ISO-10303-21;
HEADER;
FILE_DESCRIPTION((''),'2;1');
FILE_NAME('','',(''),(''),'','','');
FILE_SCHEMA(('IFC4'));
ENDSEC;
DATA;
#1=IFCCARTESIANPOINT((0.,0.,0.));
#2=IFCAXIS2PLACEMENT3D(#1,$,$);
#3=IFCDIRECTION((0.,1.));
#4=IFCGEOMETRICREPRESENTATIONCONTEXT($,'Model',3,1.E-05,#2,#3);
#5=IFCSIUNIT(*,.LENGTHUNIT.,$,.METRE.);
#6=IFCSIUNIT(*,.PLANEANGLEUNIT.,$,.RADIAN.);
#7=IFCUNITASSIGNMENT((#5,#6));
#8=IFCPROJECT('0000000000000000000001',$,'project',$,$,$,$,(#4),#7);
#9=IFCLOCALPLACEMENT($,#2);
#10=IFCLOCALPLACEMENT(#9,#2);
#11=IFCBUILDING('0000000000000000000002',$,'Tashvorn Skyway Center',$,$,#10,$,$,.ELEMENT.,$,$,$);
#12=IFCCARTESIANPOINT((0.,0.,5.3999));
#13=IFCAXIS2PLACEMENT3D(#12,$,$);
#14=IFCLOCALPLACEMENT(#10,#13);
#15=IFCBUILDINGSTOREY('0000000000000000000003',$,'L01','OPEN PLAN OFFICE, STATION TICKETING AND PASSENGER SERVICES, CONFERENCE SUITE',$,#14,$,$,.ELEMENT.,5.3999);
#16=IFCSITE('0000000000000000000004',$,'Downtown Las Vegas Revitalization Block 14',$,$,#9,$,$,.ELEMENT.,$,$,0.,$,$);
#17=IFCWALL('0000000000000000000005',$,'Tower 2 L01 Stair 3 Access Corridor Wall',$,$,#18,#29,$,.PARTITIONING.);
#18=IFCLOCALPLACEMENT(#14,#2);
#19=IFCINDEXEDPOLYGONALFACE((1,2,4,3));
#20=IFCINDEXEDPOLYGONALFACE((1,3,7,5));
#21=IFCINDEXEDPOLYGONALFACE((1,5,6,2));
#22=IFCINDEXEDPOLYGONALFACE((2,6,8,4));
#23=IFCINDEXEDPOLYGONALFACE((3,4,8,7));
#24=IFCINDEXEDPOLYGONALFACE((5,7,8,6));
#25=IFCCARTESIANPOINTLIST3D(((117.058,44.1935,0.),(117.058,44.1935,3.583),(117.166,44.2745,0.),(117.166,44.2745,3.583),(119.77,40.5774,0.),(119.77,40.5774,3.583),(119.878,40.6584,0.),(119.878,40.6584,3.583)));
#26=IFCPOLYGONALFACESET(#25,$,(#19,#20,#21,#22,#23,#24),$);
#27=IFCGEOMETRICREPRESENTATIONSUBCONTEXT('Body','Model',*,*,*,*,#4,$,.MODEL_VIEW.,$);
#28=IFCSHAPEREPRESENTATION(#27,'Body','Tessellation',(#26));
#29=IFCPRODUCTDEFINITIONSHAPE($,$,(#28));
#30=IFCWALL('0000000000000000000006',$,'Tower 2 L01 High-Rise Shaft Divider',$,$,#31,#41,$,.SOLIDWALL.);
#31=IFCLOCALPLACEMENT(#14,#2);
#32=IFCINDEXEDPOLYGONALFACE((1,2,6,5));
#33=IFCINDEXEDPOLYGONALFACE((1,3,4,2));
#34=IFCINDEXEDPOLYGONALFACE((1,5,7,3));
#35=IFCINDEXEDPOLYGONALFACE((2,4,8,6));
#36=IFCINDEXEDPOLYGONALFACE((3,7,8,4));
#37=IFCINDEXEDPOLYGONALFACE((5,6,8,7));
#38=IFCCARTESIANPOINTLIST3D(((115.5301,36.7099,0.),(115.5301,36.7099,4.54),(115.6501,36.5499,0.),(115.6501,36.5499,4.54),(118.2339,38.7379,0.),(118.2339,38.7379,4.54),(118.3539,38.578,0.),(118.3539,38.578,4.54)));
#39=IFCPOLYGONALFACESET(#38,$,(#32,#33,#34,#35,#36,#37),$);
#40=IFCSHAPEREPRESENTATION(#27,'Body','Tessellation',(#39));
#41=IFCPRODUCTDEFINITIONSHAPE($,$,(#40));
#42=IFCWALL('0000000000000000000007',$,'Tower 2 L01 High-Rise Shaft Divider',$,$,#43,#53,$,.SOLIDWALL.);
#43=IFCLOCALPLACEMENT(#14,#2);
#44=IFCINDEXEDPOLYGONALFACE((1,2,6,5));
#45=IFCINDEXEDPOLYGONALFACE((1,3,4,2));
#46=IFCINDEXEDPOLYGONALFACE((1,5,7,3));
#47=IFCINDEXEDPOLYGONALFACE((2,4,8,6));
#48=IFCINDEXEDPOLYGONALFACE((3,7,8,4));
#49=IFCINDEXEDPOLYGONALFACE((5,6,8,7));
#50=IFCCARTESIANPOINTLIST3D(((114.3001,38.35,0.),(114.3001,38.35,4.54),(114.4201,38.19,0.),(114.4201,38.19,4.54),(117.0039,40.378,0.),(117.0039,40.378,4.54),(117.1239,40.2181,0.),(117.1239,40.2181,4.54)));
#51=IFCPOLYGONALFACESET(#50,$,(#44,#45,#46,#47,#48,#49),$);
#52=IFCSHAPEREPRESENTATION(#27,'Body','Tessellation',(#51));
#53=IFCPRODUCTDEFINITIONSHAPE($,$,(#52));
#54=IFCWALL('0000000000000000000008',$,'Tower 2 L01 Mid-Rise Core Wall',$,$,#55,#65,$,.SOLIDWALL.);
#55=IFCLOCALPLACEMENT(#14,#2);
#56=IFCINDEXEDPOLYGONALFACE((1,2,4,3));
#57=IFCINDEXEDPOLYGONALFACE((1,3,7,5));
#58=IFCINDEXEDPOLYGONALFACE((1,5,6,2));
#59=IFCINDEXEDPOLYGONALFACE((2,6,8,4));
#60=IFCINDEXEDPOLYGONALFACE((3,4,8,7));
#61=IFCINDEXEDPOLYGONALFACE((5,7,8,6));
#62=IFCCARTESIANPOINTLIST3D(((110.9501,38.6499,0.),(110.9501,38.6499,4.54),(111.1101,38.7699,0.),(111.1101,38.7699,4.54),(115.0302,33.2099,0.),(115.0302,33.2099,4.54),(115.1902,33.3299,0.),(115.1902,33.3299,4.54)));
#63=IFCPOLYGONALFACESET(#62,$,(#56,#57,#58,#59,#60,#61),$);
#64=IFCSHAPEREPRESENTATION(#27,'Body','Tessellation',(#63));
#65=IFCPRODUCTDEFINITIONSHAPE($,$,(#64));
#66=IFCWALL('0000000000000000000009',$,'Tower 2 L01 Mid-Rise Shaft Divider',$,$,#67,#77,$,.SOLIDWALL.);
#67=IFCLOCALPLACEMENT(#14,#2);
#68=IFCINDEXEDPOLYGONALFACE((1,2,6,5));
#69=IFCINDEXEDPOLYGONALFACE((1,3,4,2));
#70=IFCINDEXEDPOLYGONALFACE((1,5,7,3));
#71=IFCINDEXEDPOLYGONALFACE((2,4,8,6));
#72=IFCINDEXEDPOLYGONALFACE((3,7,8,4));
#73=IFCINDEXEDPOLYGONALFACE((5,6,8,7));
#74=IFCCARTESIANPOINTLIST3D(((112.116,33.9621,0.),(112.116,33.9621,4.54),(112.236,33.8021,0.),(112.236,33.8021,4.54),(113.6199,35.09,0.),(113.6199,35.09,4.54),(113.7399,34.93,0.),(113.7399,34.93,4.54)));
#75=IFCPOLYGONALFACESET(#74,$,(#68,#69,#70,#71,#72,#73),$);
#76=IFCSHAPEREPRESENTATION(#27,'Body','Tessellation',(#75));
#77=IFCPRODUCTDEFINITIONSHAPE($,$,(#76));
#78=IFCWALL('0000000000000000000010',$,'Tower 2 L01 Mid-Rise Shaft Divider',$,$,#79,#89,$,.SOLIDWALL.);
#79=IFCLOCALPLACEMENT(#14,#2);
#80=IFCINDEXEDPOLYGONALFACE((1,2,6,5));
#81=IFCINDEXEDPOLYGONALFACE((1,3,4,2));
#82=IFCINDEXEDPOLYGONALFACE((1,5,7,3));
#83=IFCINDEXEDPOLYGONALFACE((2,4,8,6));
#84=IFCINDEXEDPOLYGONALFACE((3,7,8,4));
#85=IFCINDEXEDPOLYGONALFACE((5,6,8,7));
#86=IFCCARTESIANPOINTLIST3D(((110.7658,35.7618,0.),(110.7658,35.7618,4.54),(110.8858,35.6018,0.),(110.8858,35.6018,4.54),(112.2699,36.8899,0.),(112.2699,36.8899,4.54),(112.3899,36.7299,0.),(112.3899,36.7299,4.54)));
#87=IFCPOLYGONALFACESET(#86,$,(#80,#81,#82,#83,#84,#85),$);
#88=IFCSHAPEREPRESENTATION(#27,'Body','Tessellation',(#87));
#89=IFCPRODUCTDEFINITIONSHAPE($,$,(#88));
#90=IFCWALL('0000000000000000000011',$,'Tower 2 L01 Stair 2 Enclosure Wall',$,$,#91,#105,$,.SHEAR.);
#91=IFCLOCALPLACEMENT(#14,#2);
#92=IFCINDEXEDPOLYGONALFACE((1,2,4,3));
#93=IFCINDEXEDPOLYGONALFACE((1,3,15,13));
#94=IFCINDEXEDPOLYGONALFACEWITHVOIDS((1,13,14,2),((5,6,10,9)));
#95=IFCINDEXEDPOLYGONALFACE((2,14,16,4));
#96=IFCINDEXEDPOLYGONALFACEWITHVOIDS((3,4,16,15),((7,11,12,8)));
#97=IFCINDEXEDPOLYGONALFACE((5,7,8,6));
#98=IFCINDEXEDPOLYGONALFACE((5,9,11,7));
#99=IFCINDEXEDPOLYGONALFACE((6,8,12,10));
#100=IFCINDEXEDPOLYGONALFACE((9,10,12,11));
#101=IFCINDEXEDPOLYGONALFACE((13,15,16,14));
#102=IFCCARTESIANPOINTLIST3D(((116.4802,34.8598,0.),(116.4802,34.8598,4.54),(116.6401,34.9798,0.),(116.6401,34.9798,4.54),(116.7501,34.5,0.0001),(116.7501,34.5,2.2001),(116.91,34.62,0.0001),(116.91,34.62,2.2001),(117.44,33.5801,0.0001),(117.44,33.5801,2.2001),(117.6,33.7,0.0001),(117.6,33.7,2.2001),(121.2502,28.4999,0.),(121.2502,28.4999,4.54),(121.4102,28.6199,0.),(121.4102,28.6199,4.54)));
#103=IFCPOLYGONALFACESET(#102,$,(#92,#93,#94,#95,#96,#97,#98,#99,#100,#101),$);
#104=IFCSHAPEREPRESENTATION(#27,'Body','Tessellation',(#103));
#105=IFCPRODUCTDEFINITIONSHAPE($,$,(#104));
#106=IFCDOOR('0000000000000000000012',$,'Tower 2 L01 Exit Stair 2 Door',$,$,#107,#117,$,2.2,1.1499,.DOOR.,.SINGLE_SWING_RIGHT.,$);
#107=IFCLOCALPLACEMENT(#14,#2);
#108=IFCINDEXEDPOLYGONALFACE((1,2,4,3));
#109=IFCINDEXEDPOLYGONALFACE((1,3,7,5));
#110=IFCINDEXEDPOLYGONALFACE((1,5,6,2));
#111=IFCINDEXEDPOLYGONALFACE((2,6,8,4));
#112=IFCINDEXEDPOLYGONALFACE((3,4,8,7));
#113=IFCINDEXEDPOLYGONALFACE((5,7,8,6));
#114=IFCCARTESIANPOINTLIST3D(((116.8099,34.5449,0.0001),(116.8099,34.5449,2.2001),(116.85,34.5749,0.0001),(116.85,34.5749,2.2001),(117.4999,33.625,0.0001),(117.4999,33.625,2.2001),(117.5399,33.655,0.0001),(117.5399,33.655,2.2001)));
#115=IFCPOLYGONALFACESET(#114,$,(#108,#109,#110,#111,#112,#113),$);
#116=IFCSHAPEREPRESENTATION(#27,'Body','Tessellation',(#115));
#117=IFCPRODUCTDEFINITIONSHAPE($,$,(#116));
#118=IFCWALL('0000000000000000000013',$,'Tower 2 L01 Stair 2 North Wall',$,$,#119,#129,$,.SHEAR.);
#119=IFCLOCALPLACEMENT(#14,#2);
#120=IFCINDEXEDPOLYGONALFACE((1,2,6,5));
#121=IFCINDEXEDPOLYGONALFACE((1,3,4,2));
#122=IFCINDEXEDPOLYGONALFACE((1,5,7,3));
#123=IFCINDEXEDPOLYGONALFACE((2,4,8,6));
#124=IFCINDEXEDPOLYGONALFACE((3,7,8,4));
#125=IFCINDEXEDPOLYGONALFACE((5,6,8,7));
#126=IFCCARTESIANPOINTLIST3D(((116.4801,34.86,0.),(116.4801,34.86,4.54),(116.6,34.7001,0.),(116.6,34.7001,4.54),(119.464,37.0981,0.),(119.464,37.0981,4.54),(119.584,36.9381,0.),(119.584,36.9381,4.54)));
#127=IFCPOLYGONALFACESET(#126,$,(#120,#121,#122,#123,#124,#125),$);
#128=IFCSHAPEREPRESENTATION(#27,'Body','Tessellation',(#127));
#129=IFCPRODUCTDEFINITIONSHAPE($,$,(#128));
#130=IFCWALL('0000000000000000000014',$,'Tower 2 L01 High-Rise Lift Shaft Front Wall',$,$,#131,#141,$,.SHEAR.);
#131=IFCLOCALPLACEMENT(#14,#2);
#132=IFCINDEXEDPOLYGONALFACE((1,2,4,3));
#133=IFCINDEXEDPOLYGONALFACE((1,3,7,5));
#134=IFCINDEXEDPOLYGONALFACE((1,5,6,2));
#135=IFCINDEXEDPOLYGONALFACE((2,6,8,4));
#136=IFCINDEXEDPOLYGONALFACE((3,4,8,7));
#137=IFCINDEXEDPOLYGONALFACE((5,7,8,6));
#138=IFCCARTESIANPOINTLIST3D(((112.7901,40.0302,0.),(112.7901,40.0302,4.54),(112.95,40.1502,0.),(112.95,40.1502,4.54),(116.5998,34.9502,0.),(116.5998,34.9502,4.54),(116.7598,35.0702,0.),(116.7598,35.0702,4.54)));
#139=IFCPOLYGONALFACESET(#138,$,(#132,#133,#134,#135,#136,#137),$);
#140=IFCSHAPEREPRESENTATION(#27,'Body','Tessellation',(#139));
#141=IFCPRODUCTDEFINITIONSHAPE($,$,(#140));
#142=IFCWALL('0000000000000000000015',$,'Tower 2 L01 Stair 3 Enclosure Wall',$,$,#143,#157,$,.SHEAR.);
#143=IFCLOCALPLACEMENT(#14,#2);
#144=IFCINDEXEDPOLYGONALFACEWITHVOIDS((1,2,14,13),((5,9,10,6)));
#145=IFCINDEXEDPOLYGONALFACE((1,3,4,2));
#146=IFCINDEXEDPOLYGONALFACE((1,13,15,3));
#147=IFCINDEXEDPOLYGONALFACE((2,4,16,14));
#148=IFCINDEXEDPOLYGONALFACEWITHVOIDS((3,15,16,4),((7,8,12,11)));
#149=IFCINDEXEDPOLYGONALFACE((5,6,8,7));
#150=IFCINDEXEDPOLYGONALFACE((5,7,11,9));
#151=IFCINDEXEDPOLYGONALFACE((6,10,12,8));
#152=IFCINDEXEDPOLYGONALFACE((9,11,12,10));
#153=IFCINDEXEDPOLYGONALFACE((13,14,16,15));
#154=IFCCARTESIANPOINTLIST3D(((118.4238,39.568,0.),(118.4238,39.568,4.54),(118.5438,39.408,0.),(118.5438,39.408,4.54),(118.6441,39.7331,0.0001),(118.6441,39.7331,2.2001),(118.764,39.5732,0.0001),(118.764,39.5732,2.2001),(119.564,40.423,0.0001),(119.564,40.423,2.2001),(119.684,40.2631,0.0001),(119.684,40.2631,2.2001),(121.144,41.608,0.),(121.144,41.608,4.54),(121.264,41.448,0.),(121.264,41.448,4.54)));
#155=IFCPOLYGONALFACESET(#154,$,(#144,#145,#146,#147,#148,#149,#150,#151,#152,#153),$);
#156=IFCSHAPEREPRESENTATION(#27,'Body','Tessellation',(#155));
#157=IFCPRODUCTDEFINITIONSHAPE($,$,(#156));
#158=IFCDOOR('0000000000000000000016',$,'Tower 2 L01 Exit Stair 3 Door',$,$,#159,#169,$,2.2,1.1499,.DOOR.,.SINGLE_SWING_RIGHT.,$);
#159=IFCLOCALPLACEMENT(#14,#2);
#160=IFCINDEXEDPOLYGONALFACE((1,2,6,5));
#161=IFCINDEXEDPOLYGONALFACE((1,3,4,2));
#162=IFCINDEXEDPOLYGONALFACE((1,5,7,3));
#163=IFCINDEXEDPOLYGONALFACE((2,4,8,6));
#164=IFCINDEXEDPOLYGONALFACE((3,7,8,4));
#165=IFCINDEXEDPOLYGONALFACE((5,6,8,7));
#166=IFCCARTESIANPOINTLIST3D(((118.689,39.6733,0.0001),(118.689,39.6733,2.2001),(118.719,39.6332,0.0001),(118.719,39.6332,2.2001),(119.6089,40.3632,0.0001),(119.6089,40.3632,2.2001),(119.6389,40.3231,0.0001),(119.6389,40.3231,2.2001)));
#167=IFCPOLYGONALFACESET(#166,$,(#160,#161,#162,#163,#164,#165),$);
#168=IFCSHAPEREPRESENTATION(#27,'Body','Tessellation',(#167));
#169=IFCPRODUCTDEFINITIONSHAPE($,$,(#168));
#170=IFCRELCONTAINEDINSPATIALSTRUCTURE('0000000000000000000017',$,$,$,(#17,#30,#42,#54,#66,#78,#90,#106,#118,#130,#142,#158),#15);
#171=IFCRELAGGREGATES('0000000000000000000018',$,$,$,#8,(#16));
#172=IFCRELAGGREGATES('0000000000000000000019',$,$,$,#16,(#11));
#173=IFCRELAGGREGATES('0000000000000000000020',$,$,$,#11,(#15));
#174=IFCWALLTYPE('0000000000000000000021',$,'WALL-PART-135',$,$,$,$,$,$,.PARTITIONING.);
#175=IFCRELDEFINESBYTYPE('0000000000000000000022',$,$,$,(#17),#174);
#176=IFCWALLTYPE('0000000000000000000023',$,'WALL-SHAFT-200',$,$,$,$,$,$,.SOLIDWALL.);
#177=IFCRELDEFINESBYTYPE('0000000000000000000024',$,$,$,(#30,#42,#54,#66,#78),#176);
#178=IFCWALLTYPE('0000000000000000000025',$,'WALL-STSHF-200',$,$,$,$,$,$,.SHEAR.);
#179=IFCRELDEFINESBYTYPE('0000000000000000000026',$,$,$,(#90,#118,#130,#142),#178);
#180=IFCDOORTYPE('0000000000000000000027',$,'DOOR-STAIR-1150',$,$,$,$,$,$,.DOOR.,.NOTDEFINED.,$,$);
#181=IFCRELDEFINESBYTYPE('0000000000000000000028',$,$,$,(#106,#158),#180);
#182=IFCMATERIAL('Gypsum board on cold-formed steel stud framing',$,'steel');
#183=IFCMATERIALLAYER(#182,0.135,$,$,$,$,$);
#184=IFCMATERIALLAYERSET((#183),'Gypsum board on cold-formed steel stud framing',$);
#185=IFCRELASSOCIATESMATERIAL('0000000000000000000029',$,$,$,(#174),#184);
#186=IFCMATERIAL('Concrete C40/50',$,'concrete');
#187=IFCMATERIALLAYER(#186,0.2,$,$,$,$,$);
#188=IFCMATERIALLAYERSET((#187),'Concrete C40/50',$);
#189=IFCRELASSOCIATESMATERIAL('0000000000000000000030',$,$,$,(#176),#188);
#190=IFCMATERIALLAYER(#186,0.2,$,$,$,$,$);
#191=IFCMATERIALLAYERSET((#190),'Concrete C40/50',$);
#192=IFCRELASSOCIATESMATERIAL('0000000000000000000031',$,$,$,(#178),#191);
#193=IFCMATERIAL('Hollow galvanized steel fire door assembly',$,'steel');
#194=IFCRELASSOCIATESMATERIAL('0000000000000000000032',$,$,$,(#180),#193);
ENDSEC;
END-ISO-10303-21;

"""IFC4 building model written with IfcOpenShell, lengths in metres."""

from ifc_helpers import new_model, si_unit, direction, frame, frame_2d, origin, place, context, subcontext, project, spatial, rectangle, extrude, material, layer, layer_set, type_object, element, fill, save


model = new_model("IFC4")

# Units and contexts
model_context = context("Model", 3, precision=1e-05, world=origin(), true_north=direction((0.0, 1.0)))
body_context = subcontext(model_context, "Body", "Model", "MODEL_VIEW")
ifc_project = project(units=[si_unit("LENGTHUNIT", "METRE"), si_unit("PLANEANGLEUNIT", "RADIAN")], contexts=[model_context])

# Site, building, storey
site_placement = place(None, origin())
site = spatial("IfcSite", under=ifc_project, at=site_placement, Name="Downtown Las Vegas Revitalization Block 14", CompositionType="ELEMENT", RefElevation=0.0)
building_placement = place(site_placement, origin())
building = spatial("IfcBuilding", under=site, at=building_placement, Name="Tashvorn Skyway Center", CompositionType="ELEMENT")
storey_placement = place(building_placement, frame((0.0, 0.0, 5.3999)))
storey = spatial("IfcBuildingStorey", under=building, at=storey_placement, Name="L01", Description="OPEN PLAN OFFICE, STATION TICKETING AND PASSENGER SERVICES, CONFERENCE SUITE", CompositionType="ELEMENT", Elevation=5.3999)

# Walls
ifc_material_1 = material(Name="Gypsum board on cold-formed steel stud framing", Category="steel")
ifc_layer_1 = layer(ifc_material_1, 0.135)
ifc_layer_set_1 = layer_set([ifc_layer_1], Name="Gypsum board on cold-formed steel stud framing")
wall_type_1 = type_object("IfcWallType", Name="WALL-PART-135", PredefinedType="PARTITIONING", material=ifc_layer_set_1)
wall_1_placement = place(storey_placement, frame((119.824, 40.6179, 0.0), z_axis=(0.0, 0.0, 1.0), x_axis=(-0.599991, 0.800006, 0.0)))
element("IfcWall", 1, at=wall_1_placement, inside=storey, type_object=wall_type_1, Name="Tower 2 L01 Stair 3 Access Corridor Wall", PredefinedType="PARTITIONING", context=body_context, shape_type="SweptSolid", body=[
    extrude(rectangle(XDim=4.52, YDim=0.135, at=frame_2d((2.26, 0.0))), origin(), (0.0, 0.0, 1.0), 3.583),
])
ifc_material_2 = material(Name="Concrete C40/50", Category="concrete")
ifc_layer_2 = layer(ifc_material_2, 0.2)
ifc_layer_set_2 = layer_set([ifc_layer_2], Name="Concrete C40/50")
wall_type_2 = type_object("IfcWallType", Name="WALL-SHAFT-200", PredefinedType="SOLIDWALL", material=ifc_layer_set_2)
for number, where, z_axis, x_axis, name in (
    (2, (115.5901, 36.6299, 0.0), (0.0, 0.0, 1.0), (0.799974, 0.600035, 0.0), "Tower 2 L01 High-Rise Shaft Divider"),
    (3, (114.3601, 38.27, 0.0), (0.0, 0.0, 1.0), (0.799974, 0.600035, 0.0), "Tower 2 L01 High-Rise Shaft Divider"),
):
    element("IfcWall", number, at=place(storey_placement, frame(where, z_axis=z_axis, x_axis=x_axis)), inside=storey, type_object=wall_type_2, Name=name, PredefinedType="SOLIDWALL", context=body_context, shape_type="SweptSolid", body=[
        extrude(rectangle(XDim=3.3799, YDim=0.2, at=frame_2d((1.6899, 0.0))), origin(), (0.0, 0.0, 1.0), 4.54),
    ])
wall_2_placement = place(storey_placement, frame((115.1101, 33.27, 0.0), z_axis=(0.0, 0.0, 1.0), x_axis=(-0.600011, 0.799991, 0.0)))
element("IfcWall", 4, at=wall_2_placement, inside=storey, type_object=wall_type_2, Name="Tower 2 L01 Mid-Rise Core Wall", PredefinedType="SOLIDWALL", context=body_context, shape_type="SweptSolid", body=[
    extrude(rectangle(XDim=6.8, YDim=0.2, at=frame_2d((3.3999, 0.0))), origin(), (0.0, 0.0, 1.0), 4.54),
])
wall_3_placement = place(storey_placement, frame((112.176, 33.8821, 0.0), z_axis=(0.0, 0.0, 1.0), x_axis=(0.8, 0.6, 0.0)))
element("IfcWall", 5, at=wall_3_placement, inside=storey, type_object=wall_type_2, Name="Tower 2 L01 Mid-Rise Shaft Divider", PredefinedType="SOLIDWALL", context=body_context, shape_type="SweptSolid", body=[
    extrude(rectangle(XDim=1.8799, YDim=0.2, at=frame_2d((0.9399, 0.0))), origin(), (0.0, 0.0, 1.0), 4.54),
])
wall_4_placement = place(storey_placement, frame((110.8259, 35.6819, 0.0), z_axis=(0.0, 0.0, 1.0), x_axis=(0.799984, 0.600021, 0.0)))
element("IfcWall", 6, at=wall_4_placement, inside=storey, type_object=wall_type_2, Name="Tower 2 L01 Mid-Rise Shaft Divider", PredefinedType="SOLIDWALL", context=body_context, shape_type="SweptSolid", body=[
    extrude(rectangle(XDim=1.8801, YDim=0.2, at=frame_2d((0.9399, 0.0))), origin(), (0.0, 0.0, 1.0), 4.54),
])

# Wall, opening, door
ifc_layer_3 = layer(ifc_material_2, 0.2)
ifc_layer_set_3 = layer_set([ifc_layer_3], Name="Concrete C40/50")
wall_type_3 = type_object("IfcWallType", Name="WALL-STSHF-200", PredefinedType="SHEAR", material=ifc_layer_set_3)
wall_5_placement = place(storey_placement, frame((116.5601, 34.9199, 0.0), z_axis=(0.0, 0.0, 1.0), x_axis=(0.60001, -0.799993, 0.0)))
wall_5 = element("IfcWall", 7, at=wall_5_placement, inside=storey, type_object=wall_type_3, Name="Tower 2 L01 Stair 2 Enclosure Wall", PredefinedType="SHEAR", context=body_context, shape_type="SweptSolid", body=[
    extrude(rectangle(XDim=7.95, YDim=0.2, at=frame_2d((3.9751, 0.0))), origin(), (0.0, 0.0, 1.0), 4.54),
])
opening_1_placement = place(wall_5_placement, frame((0.45, 0.0, 0.0)))
opening_1 = element("IfcOpeningElement", 8, at=opening_1_placement, cuts=wall_5, PredefinedType="OPENING", context=body_context, shape_type="SweptSolid", body=[
    extrude(rectangle(XDim=1.1499, YDim=2.2, at=frame_2d((0.575, 1.1001))), frame((0.0, 0.1099, 0.0), z_axis=(0.0, -1.0, 0.0), x_axis=(1.0, 0.0, 0.0)), (0.0, 0.0, 1.0), 0.22),
])
ifc_material_3 = material(Name="Hollow galvanized steel fire door assembly", Category="steel")
door_type = type_object("IfcDoorType", Name="DOOR-STAIR-1150", OperationType="NOTDEFINED", PredefinedType="DOOR", material=ifc_material_3)
door_1_placement = place(opening_1_placement, origin())
door_1 = element("IfcDoor", 9, at=door_1_placement, inside=storey, type_object=door_type, Name="Tower 2 L01 Exit Stair 2 Door", OperationType="SINGLE_SWING_RIGHT", OverallHeight=2.2, OverallWidth=1.1499, PredefinedType="DOOR", context=body_context, shape_type="SweptSolid", body=[
    extrude(rectangle(XDim=1.1499, YDim=2.2, at=frame_2d((0.575, 1.1001))), frame((0.0, 0.0249, 0.0), z_axis=(0.0, -1.0, 0.0), x_axis=(1.0, 0.0, 0.0)), (0.0, 0.0, 1.0), 0.05),
])
fill(opening_1, door_1)

# Walls
wall_6_placement = place(storey_placement, frame((116.54, 34.78, 0.0), z_axis=(0.0, 0.0, 1.0), x_axis=(0.799984, 0.600021, 0.0)))
element("IfcWall", 10, at=wall_6_placement, inside=storey, type_object=wall_type_3, Name="Tower 2 L01 Stair 2 North Wall", PredefinedType="SHEAR", context=body_context, shape_type="SweptSolid", body=[
    extrude(rectangle(XDim=3.73, YDim=0.2, at=frame_2d((1.865, 0.0))), origin(), (0.0, 0.0, 1.0), 4.54),
])
wall_7_placement = place(storey_placement, frame((112.8701, 40.0901, 0.0), z_axis=(0.0, 0.0, 1.0), x_axis=(0.599975, -0.800018, 0.0)))
element("IfcWall", 11, at=wall_7_placement, inside=storey, type_object=wall_type_3, Name="Tower 2 L01 High-Rise Lift Shaft Front Wall", PredefinedType="SHEAR", context=body_context, shape_type="SweptSolid", body=[
    extrude(rectangle(XDim=6.3499, YDim=0.2, at=frame_2d((3.1748, 0.0))), origin(), (0.0, 0.0, 1.0), 4.54),
])

# Wall, opening, door
wall_8_placement = place(storey_placement, frame((121.2041, 41.5281, 0.0), z_axis=(0.0, 0.0, 1.0), x_axis=(-0.800017, -0.599977, 0.0)))
wall_8 = element("IfcWall", 12, at=wall_8_placement, inside=storey, type_object=wall_type_3, Name="Tower 2 L01 Stair 3 Enclosure Wall", PredefinedType="SHEAR", context=body_context, shape_type="SweptSolid", body=[
    extrude(rectangle(XDim=3.4001, YDim=0.2, at=frame_2d((1.7002, 0.0))), origin(), (0.0, 0.0, 1.0), 4.54),
])
opening_2_placement = place(wall_8_placement, frame((1.9751, 0.0, 0.0)))
opening_2 = element("IfcOpeningElement", 13, at=opening_2_placement, cuts=wall_8, PredefinedType="OPENING", context=body_context, shape_type="SweptSolid", body=[
    extrude(rectangle(XDim=1.1499, YDim=2.2, at=frame_2d((0.575, 1.1001))), frame((0.0, 0.1099, 0.0), z_axis=(0.0, -1.0, 0.0), x_axis=(1.0, 0.0, 0.0)), (0.0, 0.0, 1.0), 0.22),
])
door_2_placement = place(opening_2_placement, origin())
door_2 = element("IfcDoor", 14, at=door_2_placement, inside=storey, type_object=door_type, Name="Tower 2 L01 Exit Stair 3 Door", OperationType="SINGLE_SWING_RIGHT", OverallHeight=2.2, OverallWidth=1.1499, PredefinedType="DOOR", context=body_context, shape_type="SweptSolid", body=[
    extrude(rectangle(XDim=1.1499, YDim=2.2, at=frame_2d((0.575, 1.1001))), frame((0.0, 0.0249, 0.0), z_axis=(0.0, -1.0, 0.0), x_axis=(1.0, 0.0, 0.0)), (0.0, 0.0, 1.0), 0.05),
])
fill(opening_2, door_2)

save(model, "model.ifc")
